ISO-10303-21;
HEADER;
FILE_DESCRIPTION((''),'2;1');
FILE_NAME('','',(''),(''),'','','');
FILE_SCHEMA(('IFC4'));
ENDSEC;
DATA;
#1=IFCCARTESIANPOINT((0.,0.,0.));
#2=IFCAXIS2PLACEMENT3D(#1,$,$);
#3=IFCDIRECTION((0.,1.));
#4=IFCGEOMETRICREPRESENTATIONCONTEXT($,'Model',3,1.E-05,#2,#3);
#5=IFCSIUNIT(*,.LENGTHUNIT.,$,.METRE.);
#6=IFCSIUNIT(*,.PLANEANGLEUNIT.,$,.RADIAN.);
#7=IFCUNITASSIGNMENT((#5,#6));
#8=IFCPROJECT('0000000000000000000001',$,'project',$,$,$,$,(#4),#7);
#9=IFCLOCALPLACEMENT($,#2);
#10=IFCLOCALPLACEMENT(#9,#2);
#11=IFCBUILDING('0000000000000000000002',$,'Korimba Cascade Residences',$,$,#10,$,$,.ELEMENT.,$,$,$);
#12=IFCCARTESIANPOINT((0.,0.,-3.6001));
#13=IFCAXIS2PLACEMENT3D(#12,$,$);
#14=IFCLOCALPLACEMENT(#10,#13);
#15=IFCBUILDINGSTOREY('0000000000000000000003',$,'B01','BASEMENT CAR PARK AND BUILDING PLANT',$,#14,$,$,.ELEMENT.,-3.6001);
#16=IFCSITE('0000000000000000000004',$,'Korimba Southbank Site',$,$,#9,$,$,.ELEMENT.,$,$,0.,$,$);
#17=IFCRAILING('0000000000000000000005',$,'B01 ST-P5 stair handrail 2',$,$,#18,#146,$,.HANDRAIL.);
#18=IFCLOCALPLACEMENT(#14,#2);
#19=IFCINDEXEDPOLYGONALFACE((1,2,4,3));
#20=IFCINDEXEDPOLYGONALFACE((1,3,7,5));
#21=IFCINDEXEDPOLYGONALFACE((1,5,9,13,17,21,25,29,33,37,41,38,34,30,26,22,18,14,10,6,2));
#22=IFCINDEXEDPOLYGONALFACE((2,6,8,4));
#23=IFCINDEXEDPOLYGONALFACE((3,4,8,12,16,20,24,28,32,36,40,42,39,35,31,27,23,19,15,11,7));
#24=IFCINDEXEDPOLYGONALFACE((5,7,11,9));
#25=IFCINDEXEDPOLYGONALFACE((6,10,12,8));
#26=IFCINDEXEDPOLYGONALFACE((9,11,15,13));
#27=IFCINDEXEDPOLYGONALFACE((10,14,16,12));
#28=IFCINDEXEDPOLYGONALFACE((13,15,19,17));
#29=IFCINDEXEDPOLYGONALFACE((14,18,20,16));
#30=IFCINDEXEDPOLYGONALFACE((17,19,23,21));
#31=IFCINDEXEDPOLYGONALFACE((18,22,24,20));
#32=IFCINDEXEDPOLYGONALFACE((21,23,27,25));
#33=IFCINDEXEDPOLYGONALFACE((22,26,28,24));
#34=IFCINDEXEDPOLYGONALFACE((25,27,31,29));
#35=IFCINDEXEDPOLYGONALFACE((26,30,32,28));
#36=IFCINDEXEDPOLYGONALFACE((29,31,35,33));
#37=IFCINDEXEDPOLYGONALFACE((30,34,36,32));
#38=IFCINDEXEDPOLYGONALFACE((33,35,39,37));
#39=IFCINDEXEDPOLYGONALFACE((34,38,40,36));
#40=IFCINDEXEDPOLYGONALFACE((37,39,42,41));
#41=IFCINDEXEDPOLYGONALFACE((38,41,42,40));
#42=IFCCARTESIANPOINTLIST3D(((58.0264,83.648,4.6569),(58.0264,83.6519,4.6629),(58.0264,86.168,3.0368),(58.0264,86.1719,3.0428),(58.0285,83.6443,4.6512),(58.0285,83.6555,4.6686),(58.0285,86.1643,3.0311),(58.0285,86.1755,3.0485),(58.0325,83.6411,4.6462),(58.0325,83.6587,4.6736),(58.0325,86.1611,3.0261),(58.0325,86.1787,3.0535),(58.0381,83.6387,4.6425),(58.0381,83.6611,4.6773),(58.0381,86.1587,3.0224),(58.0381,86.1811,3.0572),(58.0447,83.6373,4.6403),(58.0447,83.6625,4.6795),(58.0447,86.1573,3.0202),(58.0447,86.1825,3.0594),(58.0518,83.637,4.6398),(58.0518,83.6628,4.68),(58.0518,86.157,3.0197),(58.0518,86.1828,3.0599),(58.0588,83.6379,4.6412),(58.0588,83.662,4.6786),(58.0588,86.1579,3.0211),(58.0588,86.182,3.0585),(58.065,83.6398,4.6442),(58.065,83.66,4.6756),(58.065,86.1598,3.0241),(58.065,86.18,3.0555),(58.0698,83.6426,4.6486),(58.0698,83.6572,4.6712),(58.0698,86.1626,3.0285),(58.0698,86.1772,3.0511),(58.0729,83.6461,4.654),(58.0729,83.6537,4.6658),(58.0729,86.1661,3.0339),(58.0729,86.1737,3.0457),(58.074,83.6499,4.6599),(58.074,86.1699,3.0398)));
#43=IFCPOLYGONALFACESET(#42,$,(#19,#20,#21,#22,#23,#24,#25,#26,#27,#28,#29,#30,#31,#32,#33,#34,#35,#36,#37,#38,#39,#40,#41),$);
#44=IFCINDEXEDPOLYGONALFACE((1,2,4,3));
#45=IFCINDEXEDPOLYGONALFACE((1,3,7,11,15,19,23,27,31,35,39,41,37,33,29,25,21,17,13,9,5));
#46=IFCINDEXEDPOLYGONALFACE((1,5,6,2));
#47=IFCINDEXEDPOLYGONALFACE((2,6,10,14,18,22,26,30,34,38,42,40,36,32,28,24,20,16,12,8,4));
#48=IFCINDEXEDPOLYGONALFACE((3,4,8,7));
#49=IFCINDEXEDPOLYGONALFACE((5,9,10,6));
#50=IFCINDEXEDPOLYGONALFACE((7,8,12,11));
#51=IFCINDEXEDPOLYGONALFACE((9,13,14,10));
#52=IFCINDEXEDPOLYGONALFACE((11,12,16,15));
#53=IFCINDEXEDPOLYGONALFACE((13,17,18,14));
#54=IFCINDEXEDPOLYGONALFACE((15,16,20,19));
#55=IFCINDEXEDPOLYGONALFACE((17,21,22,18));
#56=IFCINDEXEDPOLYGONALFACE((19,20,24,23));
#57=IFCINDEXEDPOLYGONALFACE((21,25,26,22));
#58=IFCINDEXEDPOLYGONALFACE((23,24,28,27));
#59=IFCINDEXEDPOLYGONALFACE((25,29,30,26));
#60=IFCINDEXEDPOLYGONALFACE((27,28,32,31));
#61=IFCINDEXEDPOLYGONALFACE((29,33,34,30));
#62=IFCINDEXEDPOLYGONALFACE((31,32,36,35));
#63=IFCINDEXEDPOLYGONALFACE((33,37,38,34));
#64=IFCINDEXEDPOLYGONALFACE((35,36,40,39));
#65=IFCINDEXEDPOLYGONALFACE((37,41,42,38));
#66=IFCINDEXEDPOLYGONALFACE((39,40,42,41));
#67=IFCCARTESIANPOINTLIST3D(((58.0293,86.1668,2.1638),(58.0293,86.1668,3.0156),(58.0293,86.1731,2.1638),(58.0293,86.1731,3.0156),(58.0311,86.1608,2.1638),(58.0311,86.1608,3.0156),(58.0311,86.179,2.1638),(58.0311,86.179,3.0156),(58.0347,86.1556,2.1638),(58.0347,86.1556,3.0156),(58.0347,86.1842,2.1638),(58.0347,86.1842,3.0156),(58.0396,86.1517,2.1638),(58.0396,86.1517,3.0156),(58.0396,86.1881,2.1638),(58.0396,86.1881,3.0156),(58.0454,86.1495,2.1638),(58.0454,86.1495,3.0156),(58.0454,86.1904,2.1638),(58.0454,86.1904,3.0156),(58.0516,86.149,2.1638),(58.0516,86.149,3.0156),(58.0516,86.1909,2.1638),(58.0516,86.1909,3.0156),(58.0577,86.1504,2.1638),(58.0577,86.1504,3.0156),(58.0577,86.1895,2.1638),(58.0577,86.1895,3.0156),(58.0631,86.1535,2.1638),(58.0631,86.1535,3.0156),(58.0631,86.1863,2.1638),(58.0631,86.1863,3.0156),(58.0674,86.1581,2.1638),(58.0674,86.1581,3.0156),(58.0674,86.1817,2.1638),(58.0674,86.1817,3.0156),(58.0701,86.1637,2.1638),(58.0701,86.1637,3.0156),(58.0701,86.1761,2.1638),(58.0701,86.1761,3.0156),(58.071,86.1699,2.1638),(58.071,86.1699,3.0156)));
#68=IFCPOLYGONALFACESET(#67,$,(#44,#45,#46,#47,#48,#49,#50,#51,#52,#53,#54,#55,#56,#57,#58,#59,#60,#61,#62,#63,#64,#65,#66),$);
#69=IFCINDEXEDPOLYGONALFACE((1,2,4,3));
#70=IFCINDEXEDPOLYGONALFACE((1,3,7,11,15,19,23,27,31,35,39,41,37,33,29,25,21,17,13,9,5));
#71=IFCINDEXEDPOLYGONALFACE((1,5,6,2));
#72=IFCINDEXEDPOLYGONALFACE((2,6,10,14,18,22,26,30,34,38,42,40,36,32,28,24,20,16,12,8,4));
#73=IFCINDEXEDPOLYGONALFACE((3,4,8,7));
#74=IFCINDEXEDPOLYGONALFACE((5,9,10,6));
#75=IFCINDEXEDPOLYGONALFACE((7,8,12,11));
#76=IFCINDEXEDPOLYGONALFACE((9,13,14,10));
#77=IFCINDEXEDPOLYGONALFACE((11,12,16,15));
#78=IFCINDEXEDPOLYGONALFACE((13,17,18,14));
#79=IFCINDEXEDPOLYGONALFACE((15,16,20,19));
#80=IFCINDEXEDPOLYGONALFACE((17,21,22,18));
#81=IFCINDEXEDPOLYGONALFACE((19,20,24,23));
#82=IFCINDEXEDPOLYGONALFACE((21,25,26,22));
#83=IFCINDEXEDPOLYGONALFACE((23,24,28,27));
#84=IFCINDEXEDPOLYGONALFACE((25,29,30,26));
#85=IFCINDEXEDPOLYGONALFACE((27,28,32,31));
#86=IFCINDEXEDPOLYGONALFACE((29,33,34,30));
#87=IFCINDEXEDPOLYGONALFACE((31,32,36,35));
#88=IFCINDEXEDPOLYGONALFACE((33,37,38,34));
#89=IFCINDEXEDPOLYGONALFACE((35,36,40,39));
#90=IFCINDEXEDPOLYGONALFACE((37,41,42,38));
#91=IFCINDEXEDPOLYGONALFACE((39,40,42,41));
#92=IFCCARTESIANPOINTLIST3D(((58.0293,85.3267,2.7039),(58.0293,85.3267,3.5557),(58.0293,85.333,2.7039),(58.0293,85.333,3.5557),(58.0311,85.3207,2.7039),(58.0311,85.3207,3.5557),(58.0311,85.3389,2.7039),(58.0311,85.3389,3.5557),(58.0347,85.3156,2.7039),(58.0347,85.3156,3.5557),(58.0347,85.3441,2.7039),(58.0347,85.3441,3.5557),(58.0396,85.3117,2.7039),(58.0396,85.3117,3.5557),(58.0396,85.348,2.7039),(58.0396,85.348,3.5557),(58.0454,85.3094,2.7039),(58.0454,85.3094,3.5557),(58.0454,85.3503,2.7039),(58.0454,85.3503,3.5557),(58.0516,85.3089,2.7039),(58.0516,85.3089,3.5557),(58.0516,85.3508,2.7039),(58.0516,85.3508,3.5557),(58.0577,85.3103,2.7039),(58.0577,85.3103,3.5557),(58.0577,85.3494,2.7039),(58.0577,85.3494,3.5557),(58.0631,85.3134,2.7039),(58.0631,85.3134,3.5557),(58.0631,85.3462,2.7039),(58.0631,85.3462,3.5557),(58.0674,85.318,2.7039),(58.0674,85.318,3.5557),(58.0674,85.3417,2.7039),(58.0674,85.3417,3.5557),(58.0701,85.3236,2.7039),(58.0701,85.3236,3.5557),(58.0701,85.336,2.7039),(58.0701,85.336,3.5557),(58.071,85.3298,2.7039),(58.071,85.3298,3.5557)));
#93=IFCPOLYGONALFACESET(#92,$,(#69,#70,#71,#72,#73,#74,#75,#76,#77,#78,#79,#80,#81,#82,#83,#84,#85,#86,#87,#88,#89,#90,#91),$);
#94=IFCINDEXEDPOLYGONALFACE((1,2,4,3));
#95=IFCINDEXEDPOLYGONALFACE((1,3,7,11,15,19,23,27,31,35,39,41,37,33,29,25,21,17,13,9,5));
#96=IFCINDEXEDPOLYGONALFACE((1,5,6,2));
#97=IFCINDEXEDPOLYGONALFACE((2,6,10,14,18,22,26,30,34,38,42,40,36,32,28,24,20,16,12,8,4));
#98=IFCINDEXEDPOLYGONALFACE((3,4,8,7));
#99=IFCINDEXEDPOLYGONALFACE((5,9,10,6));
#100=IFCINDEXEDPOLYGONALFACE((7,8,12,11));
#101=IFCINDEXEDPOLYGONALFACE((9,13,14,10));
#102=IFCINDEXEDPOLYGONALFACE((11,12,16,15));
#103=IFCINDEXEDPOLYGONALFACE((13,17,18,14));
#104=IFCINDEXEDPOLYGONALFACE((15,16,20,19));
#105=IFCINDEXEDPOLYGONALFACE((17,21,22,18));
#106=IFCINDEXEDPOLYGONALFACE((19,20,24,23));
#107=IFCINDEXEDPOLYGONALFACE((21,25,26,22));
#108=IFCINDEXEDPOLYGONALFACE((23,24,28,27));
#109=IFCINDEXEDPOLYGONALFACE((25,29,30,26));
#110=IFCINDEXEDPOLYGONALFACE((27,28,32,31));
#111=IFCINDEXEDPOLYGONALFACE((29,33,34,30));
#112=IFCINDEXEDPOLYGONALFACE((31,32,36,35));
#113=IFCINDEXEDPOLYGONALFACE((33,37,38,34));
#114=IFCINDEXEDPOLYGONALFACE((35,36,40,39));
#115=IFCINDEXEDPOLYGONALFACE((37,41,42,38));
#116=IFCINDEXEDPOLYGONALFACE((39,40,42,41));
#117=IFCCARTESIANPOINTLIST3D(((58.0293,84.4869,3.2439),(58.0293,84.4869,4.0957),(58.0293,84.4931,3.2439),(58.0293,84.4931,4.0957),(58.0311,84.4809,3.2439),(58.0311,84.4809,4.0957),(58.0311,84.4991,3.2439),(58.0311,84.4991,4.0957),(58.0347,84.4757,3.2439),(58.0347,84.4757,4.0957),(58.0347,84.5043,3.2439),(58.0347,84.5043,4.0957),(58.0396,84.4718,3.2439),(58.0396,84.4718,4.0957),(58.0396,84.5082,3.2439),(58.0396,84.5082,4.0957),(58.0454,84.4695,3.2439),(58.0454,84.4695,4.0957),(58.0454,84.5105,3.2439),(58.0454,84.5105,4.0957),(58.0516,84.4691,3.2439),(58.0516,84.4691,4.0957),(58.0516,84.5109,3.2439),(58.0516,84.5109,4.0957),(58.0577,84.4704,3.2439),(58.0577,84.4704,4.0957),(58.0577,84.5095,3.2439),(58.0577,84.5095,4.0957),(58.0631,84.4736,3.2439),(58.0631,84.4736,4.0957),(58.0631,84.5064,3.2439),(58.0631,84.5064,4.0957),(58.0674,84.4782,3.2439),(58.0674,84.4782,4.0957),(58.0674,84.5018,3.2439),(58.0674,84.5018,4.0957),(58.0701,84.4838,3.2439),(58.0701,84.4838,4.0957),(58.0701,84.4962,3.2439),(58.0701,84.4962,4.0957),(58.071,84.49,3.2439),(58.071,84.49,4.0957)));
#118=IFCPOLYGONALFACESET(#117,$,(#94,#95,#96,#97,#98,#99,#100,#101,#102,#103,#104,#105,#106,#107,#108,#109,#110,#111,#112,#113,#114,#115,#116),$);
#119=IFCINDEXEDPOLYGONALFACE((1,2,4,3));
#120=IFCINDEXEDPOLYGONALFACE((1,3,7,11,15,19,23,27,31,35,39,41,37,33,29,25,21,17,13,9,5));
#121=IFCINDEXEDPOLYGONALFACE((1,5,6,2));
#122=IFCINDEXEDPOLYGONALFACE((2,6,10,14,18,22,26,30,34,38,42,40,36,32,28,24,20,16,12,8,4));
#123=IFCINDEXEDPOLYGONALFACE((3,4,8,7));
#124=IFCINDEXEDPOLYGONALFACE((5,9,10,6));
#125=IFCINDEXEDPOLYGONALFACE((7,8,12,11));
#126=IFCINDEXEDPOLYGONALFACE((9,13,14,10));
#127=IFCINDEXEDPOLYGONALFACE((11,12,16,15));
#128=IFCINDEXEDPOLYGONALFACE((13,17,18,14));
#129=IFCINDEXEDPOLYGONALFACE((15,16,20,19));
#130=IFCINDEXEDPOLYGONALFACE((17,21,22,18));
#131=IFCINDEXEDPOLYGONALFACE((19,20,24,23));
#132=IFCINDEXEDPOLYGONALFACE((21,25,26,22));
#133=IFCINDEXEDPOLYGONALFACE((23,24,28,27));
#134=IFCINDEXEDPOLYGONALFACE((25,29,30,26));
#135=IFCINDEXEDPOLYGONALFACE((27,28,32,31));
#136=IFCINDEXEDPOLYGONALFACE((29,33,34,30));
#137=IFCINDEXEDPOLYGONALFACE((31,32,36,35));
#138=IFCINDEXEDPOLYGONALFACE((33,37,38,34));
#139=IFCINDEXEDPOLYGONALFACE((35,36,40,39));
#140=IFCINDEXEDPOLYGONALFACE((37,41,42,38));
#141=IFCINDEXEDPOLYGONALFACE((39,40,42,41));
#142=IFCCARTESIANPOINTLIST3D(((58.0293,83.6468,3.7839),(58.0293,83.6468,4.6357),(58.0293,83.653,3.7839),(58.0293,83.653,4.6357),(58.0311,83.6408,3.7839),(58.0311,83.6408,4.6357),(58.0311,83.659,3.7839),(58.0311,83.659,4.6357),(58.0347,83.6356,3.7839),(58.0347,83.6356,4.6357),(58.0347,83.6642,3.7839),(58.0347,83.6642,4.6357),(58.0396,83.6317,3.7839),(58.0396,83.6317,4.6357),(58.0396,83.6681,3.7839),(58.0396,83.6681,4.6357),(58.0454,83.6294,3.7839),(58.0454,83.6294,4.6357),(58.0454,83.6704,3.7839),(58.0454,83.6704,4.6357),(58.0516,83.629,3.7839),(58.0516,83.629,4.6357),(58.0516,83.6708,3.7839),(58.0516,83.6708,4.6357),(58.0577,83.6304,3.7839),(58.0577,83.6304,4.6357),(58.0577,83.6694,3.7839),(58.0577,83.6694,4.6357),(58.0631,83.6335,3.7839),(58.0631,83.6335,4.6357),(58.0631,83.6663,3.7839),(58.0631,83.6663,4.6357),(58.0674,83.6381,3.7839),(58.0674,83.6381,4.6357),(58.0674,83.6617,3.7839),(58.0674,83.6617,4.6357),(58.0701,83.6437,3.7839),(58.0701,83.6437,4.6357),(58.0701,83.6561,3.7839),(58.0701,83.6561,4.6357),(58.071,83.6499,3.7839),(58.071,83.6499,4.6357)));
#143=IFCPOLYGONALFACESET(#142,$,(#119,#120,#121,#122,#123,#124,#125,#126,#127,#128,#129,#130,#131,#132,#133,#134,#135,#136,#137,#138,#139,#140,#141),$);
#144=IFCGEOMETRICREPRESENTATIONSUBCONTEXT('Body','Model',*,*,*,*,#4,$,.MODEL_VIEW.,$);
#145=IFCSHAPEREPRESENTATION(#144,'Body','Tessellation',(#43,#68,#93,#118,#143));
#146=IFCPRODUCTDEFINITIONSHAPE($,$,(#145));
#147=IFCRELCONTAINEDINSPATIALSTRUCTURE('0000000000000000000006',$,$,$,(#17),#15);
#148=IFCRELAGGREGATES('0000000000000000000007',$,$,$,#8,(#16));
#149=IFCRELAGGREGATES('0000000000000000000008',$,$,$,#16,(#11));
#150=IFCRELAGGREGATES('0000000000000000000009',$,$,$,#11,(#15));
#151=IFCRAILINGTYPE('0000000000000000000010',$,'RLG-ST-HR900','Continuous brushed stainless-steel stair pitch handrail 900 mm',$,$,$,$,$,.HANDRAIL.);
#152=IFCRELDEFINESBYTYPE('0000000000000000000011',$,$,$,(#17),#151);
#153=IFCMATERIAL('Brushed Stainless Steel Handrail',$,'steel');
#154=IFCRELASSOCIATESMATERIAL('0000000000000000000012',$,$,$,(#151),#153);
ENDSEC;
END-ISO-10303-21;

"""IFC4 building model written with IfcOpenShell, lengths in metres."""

from ifc_helpers import new_model, si_unit, direction, frame, origin, origin_2d, place, context, subcontext, project, spatial, circle, extrude, material, type_object, element, save


model = new_model("IFC4")

# Units and contexts
model_context = context("Model", 3, precision=1e-05, world=origin(), true_north=direction((0.0, 1.0)))
body_context = subcontext(model_context, "Body", "Model", "MODEL_VIEW")
ifc_project = project(units=[si_unit("LENGTHUNIT", "METRE"), si_unit("PLANEANGLEUNIT", "RADIAN")], contexts=[model_context])

# Site, building, storey
site_placement = place(None, origin())
site = spatial("IfcSite", under=ifc_project, at=site_placement, Name="Korimba Southbank Site", CompositionType="ELEMENT", RefElevation=0.0)
building_placement = place(site_placement, origin())
building = spatial("IfcBuilding", under=site, at=building_placement, Name="Korimba Cascade Residences", CompositionType="ELEMENT")
storey_placement = place(building_placement, frame((0.0, 0.0, -3.6001)))
storey = spatial("IfcBuildingStorey", under=building, at=storey_placement, Name="B01", Description="BASEMENT CAR PARK AND BUILDING PLANT", CompositionType="ELEMENT", Elevation=-3.6001)

# Railing
ifc_material_1 = material(Name="Brushed Stainless Steel Handrail", Category="steel")
railing_type_1 = type_object("IfcRailingType", Name="RLG-ST-HR900", Description="Continuous brushed stainless-steel stair pitch handrail 900 mm", PredefinedType="HANDRAIL", material=ifc_material_1)
railing_1_placement = place(storey_placement, frame((58.05, 86.1699, 2.1638)))
element("IfcRailing", 1, at=railing_1_placement, inside=storey, type_object=railing_type_1, Name="B01 ST-P5 stair handrail 2", PredefinedType="HANDRAIL", context=body_context, shape_type="SweptSolid", body=[
    extrude(circle(Radius=0.0239, at=origin_2d()), frame((0.0, 0.0, 0.876), z_axis=(0.0, -0.841163, 0.540782), x_axis=(1.0, 0.0, 0.0)), (0.0, 0.0, 1.0), 2.9958),
    extrude(circle(Radius=0.021, at=origin_2d()), origin(), (0.0, 0.0, 1.0), 0.8518),
    extrude(circle(Radius=0.021, at=origin_2d()), frame((0.0, -0.8401, 0.54)), (0.0, 0.0, 1.0), 0.8518),
    extrude(circle(Radius=0.021, at=origin_2d()), frame((0.0, -1.6799, 1.0801)), (0.0, 0.0, 1.0), 0.8518),
    extrude(circle(Radius=0.021, at=origin_2d()), frame((0.0, -2.52, 1.6201)), (0.0, 0.0, 1.0), 0.8518),
])

save(model, "model.ifc")
